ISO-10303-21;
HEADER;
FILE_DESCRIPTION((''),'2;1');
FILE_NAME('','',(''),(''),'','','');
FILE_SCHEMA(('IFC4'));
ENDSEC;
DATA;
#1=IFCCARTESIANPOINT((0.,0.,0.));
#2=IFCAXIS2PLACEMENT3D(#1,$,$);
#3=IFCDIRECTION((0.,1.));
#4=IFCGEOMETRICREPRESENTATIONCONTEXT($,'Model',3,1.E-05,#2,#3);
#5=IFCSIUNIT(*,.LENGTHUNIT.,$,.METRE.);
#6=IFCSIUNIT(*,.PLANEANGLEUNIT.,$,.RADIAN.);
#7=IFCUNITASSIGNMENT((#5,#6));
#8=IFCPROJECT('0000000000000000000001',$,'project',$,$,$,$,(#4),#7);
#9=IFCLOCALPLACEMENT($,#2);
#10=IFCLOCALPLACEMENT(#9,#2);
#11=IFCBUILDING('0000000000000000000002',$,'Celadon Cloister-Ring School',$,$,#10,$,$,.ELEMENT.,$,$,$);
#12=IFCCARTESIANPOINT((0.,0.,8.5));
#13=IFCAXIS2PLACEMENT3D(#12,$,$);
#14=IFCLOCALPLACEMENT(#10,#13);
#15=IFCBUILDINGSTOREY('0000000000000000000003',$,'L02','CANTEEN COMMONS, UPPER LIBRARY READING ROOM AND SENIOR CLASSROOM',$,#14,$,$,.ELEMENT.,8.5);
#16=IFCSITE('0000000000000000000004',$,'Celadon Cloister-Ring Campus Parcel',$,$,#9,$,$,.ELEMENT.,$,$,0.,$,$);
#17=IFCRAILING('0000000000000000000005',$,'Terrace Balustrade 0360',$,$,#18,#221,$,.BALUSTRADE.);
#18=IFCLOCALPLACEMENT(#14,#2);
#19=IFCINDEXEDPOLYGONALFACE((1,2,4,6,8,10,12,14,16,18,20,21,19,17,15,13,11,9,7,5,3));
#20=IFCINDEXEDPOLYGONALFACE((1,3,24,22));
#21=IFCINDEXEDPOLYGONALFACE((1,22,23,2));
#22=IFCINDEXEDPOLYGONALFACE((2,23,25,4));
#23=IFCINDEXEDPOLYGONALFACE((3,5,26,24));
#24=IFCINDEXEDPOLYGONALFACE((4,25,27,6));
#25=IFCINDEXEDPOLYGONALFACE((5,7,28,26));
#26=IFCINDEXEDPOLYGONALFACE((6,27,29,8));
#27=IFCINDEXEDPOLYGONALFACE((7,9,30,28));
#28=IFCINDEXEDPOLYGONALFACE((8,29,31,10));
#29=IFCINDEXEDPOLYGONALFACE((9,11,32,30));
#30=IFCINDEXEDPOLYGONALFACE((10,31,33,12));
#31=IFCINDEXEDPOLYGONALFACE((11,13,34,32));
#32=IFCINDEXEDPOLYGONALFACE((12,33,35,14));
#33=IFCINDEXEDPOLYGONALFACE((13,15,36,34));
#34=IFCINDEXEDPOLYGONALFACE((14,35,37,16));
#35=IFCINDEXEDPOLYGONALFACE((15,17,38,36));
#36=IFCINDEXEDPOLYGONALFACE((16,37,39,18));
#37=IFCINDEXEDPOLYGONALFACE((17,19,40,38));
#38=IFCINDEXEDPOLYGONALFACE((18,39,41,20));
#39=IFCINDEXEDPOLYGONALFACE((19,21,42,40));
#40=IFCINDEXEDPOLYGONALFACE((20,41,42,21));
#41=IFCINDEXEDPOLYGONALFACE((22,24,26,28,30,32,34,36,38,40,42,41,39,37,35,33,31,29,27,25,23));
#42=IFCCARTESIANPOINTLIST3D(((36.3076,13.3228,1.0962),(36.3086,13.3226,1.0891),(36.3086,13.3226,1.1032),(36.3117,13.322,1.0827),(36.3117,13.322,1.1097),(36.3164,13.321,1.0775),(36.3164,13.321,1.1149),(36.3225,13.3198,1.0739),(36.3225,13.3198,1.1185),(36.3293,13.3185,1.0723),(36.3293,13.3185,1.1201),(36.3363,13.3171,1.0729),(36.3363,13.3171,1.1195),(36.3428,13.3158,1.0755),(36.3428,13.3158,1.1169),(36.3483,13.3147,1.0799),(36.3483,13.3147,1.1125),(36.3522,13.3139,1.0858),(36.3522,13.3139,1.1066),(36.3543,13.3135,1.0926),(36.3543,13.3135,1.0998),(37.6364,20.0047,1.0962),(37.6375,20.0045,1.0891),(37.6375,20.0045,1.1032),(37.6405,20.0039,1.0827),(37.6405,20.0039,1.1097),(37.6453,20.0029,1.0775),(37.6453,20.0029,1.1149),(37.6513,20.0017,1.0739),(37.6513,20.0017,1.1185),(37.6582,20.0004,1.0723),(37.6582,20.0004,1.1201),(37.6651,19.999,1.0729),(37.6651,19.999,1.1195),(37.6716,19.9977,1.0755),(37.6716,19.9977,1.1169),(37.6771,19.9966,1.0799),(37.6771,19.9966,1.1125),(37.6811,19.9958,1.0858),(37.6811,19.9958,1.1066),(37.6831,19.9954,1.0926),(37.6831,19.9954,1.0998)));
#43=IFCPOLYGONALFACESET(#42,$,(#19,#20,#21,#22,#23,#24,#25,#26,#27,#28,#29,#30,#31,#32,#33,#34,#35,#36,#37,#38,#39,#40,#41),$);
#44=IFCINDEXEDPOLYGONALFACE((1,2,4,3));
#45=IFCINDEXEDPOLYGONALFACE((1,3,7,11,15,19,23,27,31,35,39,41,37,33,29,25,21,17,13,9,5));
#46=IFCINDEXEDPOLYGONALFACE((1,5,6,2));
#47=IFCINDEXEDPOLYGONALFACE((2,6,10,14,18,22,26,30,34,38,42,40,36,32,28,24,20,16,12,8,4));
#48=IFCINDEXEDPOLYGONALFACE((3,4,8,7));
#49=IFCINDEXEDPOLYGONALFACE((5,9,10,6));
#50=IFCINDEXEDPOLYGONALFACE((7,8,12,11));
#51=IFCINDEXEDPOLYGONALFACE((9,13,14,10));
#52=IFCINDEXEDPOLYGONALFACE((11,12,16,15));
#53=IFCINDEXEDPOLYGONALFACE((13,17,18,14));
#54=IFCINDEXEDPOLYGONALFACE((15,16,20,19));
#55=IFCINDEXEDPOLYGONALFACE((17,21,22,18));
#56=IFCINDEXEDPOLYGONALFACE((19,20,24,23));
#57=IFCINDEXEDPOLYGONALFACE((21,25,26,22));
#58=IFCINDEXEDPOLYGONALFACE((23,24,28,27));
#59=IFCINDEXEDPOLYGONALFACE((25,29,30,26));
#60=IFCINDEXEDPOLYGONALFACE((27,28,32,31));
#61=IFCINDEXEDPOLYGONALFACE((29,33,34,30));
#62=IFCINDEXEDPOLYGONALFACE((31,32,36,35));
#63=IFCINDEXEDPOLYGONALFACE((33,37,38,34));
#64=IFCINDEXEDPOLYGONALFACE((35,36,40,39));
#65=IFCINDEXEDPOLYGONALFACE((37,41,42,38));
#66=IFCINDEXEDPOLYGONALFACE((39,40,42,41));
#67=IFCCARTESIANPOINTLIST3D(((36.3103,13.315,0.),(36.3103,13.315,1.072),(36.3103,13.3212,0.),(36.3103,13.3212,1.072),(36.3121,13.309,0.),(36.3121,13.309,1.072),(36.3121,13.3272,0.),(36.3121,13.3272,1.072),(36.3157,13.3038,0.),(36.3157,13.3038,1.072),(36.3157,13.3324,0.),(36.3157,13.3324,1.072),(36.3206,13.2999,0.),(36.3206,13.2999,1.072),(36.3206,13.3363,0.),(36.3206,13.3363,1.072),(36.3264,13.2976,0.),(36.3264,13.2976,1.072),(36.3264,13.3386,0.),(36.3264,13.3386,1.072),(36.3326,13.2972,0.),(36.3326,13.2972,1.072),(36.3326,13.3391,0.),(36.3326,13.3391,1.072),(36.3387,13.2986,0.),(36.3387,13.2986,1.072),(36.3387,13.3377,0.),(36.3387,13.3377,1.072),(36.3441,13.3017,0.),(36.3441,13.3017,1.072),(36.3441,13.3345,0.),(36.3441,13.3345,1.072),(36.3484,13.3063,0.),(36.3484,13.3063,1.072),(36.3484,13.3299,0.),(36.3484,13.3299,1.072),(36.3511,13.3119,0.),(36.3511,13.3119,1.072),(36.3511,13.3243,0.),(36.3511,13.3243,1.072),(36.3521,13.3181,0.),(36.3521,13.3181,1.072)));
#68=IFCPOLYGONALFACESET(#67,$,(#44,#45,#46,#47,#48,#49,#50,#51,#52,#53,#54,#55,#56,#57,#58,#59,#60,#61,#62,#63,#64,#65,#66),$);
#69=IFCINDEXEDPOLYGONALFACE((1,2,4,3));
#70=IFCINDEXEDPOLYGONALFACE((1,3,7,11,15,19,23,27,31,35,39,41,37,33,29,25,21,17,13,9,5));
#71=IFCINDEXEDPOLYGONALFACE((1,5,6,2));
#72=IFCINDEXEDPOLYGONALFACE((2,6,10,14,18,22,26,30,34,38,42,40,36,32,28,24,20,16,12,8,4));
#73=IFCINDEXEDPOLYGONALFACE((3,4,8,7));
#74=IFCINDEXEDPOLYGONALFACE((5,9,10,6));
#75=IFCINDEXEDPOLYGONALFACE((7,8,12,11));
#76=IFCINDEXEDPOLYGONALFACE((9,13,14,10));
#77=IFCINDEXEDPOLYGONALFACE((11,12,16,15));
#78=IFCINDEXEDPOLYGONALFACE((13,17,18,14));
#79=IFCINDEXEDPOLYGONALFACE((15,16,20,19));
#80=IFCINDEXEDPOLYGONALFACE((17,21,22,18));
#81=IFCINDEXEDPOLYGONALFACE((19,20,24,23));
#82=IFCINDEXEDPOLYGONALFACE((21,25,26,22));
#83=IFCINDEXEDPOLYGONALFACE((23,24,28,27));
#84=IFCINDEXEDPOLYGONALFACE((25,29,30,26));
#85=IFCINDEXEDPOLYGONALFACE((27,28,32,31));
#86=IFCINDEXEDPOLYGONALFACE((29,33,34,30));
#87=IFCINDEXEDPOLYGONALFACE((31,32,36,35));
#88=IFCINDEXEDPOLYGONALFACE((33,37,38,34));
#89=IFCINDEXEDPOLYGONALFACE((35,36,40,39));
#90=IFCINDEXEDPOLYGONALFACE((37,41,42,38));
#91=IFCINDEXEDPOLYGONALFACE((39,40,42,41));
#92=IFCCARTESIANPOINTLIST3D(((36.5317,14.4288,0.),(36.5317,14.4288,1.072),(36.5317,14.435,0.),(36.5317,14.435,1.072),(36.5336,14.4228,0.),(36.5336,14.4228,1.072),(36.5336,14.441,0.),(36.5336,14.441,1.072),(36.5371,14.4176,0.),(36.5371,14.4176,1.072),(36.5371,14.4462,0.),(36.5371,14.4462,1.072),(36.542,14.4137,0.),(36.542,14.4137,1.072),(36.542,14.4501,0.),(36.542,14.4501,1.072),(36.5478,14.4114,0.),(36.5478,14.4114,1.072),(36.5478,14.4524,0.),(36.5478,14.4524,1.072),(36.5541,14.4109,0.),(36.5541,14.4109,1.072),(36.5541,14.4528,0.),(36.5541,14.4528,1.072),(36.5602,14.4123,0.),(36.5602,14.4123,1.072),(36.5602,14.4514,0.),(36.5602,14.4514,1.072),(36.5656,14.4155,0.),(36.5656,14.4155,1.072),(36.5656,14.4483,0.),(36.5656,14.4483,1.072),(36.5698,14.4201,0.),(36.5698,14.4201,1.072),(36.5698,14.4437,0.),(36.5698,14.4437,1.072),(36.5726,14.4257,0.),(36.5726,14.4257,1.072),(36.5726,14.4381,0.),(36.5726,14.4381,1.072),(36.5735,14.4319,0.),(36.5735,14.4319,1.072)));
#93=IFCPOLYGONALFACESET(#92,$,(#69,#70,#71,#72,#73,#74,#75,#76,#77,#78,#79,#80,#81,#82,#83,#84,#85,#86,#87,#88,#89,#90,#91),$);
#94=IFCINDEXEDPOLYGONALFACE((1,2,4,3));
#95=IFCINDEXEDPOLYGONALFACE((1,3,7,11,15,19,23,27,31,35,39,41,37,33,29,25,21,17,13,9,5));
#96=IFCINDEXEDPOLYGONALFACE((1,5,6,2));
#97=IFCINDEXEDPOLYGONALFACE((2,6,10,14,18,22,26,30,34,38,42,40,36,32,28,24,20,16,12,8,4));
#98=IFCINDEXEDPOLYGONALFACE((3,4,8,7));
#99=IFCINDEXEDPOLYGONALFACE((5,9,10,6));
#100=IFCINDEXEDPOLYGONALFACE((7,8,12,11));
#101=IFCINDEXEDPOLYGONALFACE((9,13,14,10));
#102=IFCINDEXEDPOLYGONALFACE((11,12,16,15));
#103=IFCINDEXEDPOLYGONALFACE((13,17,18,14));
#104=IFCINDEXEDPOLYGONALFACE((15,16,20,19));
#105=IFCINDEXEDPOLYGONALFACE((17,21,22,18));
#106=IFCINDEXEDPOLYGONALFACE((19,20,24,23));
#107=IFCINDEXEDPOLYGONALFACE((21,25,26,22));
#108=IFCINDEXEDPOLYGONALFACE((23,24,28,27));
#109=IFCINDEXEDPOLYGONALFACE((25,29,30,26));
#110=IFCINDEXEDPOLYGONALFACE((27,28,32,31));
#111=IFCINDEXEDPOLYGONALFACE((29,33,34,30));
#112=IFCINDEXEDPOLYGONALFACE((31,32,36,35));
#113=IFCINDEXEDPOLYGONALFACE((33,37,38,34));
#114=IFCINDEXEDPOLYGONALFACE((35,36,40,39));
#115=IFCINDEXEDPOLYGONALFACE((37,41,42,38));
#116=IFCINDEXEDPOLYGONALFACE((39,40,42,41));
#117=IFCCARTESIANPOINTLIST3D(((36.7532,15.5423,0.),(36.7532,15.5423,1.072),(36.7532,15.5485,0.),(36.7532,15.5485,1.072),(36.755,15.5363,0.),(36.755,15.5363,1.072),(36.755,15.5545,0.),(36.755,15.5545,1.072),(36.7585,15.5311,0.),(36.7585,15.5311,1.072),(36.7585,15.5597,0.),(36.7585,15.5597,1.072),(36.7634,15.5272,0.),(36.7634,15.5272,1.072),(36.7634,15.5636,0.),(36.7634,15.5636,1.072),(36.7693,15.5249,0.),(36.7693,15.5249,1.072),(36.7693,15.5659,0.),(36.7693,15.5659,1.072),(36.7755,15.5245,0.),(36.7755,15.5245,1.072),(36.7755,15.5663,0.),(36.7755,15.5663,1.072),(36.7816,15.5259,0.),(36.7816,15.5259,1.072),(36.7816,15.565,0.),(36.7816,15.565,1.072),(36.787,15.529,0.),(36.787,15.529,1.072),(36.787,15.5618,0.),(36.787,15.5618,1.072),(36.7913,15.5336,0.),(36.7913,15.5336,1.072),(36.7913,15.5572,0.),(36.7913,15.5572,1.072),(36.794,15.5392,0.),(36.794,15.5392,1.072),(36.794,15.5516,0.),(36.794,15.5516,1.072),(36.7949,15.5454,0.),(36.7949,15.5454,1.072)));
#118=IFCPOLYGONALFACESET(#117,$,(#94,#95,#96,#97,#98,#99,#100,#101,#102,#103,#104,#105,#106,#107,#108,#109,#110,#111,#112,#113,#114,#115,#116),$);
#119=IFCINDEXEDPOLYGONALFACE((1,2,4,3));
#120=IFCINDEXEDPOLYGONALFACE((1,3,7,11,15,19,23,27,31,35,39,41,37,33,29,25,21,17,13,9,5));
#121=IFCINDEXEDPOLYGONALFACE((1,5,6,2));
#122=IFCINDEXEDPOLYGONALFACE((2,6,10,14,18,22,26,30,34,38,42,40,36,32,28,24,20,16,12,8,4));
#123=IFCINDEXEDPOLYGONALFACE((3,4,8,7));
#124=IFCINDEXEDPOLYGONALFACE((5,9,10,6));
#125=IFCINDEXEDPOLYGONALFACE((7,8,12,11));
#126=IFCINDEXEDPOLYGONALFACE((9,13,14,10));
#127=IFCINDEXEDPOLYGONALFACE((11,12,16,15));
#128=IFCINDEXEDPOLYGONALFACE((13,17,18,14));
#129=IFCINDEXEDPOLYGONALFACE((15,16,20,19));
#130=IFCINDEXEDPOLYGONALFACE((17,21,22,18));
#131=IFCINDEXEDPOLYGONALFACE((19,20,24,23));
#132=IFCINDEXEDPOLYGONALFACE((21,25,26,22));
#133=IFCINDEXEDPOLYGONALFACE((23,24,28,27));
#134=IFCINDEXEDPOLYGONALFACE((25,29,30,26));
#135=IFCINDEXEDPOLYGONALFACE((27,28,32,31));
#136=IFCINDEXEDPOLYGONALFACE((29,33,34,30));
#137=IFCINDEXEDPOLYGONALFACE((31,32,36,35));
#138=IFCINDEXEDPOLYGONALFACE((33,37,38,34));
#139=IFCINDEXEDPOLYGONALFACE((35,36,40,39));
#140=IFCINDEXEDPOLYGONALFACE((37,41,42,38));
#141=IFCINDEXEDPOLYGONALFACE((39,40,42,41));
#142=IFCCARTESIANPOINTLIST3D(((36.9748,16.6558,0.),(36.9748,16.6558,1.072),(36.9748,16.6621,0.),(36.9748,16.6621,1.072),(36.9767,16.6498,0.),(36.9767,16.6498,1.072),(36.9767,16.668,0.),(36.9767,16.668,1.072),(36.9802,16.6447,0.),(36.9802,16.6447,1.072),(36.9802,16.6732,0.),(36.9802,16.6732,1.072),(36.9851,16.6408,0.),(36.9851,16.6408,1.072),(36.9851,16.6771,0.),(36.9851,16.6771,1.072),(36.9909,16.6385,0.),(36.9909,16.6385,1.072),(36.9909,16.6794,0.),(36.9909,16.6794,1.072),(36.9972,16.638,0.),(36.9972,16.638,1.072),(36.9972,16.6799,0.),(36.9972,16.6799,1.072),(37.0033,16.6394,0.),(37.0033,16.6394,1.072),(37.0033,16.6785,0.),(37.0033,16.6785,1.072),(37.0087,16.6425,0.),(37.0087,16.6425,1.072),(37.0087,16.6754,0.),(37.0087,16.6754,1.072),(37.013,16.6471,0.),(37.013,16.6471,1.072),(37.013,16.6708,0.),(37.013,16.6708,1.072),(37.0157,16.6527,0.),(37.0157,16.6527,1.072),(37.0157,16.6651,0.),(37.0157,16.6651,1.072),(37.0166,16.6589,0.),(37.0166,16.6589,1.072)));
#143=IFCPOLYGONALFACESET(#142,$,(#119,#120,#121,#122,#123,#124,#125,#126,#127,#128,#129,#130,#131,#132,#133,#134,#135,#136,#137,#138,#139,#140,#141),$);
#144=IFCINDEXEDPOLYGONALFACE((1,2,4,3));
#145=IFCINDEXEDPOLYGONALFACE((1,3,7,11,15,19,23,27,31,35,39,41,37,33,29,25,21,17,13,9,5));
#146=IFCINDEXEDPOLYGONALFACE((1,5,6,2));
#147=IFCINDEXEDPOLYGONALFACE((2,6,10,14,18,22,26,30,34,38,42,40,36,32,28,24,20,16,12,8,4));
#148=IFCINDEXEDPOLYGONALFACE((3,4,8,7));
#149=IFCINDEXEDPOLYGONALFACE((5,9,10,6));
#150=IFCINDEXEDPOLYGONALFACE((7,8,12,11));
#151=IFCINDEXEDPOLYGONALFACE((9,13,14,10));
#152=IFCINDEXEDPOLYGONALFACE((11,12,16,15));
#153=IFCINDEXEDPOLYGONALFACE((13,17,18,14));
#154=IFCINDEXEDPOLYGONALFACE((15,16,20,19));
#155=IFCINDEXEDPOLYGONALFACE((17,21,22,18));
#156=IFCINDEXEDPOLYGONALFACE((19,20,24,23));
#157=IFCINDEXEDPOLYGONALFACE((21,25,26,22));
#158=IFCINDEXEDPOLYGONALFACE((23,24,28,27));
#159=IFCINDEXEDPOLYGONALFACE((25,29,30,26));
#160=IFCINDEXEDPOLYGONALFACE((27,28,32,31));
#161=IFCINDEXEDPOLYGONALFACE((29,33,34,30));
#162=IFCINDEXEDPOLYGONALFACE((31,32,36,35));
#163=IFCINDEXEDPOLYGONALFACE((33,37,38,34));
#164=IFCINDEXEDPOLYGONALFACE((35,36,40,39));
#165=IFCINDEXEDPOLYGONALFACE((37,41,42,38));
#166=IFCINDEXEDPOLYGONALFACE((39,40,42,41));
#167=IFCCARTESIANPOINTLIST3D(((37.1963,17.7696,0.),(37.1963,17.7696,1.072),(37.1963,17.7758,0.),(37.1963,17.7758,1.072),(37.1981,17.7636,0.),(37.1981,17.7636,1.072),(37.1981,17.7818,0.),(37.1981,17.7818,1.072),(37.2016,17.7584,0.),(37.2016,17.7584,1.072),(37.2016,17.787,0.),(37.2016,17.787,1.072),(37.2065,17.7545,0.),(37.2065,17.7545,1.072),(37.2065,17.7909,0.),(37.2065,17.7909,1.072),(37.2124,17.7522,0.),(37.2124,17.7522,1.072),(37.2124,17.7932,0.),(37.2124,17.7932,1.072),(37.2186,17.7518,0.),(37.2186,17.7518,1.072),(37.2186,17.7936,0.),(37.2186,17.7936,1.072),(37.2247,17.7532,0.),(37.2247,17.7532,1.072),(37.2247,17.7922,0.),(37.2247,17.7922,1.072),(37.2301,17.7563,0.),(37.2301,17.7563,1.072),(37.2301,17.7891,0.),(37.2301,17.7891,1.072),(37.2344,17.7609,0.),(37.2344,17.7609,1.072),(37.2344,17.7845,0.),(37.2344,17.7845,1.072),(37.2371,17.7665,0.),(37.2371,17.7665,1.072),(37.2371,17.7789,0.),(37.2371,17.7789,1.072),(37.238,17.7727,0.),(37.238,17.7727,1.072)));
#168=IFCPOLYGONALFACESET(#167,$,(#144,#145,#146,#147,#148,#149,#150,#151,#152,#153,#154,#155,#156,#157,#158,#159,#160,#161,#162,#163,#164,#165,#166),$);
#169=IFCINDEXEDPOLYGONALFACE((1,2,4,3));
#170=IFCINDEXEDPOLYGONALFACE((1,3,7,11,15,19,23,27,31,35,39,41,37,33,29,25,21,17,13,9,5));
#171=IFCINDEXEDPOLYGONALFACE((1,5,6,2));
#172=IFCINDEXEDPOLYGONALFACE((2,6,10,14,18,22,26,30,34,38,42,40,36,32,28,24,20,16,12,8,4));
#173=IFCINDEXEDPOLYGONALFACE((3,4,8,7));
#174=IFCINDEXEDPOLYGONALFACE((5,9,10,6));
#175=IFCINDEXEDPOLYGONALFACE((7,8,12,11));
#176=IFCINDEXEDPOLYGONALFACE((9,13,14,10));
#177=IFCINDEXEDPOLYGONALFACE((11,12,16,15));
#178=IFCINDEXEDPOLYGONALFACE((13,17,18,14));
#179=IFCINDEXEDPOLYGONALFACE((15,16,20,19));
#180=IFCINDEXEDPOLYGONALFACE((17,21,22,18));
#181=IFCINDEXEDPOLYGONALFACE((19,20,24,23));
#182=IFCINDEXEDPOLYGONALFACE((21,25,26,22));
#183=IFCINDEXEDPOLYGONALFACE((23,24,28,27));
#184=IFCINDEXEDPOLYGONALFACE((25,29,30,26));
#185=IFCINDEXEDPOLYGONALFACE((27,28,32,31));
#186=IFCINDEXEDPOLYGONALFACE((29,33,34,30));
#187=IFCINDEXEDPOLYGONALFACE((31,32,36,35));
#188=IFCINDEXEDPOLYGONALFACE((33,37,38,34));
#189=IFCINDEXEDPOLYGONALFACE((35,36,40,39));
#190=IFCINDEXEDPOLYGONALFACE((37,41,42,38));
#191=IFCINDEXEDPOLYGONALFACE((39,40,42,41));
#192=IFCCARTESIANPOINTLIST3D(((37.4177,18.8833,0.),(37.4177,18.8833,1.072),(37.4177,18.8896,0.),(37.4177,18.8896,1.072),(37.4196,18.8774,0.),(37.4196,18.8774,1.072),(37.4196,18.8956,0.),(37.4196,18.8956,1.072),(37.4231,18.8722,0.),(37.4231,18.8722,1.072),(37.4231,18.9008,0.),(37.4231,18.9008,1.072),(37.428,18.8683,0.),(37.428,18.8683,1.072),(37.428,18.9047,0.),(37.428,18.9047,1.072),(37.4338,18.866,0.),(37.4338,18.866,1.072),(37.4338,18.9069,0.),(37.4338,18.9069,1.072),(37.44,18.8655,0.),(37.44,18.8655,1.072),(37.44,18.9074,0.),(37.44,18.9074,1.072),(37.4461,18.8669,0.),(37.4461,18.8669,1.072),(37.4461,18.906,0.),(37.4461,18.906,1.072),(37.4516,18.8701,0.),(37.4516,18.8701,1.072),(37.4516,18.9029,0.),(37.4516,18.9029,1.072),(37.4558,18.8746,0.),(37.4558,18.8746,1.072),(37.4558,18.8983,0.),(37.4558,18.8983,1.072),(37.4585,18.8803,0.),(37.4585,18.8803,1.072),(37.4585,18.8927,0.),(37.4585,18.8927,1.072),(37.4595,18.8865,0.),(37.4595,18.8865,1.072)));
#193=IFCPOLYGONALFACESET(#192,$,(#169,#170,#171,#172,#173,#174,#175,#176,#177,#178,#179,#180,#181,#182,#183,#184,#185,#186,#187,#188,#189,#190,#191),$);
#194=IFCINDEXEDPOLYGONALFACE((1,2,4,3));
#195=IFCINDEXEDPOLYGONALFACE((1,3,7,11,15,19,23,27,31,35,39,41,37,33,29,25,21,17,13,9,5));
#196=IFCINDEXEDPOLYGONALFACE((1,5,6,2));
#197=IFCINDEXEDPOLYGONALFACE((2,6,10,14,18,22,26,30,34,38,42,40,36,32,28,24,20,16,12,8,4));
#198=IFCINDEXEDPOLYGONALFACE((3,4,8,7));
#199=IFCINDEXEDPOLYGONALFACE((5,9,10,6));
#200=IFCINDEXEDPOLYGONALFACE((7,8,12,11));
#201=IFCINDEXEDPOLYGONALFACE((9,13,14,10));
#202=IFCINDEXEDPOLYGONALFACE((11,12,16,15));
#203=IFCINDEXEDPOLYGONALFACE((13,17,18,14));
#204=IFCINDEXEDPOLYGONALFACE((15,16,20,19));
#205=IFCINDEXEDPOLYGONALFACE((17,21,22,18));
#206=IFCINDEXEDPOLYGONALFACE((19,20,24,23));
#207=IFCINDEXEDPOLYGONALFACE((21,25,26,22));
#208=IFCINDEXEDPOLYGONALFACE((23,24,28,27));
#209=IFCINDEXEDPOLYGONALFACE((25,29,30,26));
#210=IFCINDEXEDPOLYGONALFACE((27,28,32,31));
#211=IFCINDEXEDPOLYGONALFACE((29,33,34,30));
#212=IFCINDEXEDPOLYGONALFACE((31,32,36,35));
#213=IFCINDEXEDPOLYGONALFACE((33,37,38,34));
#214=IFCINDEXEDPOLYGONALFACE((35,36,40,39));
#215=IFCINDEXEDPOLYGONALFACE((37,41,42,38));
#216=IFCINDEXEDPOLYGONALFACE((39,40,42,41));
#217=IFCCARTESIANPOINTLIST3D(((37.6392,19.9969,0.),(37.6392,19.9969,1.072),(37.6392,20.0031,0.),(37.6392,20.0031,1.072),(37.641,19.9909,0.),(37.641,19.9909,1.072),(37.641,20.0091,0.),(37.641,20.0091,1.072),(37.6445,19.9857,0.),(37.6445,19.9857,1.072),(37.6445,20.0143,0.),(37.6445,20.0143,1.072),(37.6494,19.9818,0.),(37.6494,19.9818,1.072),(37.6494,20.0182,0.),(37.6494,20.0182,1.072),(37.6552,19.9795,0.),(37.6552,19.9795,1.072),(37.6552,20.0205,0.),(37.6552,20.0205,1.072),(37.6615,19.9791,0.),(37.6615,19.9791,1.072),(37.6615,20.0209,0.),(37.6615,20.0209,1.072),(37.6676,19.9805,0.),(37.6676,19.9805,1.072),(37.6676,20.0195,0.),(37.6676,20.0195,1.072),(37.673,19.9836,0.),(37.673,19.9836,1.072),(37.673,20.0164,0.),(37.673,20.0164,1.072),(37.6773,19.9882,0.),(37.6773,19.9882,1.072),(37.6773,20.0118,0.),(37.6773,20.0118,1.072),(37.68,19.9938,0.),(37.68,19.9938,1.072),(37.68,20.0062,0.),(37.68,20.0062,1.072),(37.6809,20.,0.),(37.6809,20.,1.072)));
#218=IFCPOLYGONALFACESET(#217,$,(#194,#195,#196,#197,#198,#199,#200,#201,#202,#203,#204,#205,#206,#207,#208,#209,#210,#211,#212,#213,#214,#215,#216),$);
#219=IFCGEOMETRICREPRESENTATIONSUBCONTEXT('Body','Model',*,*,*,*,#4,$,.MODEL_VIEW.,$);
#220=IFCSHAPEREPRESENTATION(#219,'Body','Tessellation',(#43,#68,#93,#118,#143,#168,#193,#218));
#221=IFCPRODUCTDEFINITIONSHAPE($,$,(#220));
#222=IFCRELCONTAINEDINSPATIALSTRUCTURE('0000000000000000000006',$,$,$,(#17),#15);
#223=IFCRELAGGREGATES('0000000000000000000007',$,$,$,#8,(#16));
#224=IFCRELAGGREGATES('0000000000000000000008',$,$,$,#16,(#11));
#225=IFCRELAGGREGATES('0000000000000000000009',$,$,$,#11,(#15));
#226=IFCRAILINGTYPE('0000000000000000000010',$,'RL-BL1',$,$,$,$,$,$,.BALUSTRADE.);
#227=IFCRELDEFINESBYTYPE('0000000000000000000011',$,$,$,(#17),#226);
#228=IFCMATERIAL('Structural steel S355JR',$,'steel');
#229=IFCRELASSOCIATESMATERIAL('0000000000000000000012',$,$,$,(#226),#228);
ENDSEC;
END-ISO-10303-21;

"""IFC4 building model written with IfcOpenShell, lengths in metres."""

from ifc_helpers import new_model, si_unit, direction, frame, origin, origin_2d, place, context, subcontext, project, spatial, circle, extrude, material, type_object, element, save


model = new_model("IFC4")

# Units and contexts
model_context = context("Model", 3, precision=1e-05, world=origin(), true_north=direction((0.0, 1.0)))
body_context = subcontext(model_context, "Body", "Model", "MODEL_VIEW")
ifc_project = project(units=[si_unit("LENGTHUNIT", "METRE"), si_unit("PLANEANGLEUNIT", "RADIAN")], contexts=[model_context])

# Site, building, storey
site_placement = place(None, origin())
site = spatial("IfcSite", under=ifc_project, at=site_placement, Name="Celadon Cloister-Ring Campus Parcel", CompositionType="ELEMENT", RefElevation=0.0)
building_placement = place(site_placement, origin())
building = spatial("IfcBuilding", under=site, at=building_placement, Name="Celadon Cloister-Ring School", CompositionType="ELEMENT")
storey_placement = place(building_placement, frame((0.0, 0.0, 8.5)))
storey = spatial("IfcBuildingStorey", under=building, at=storey_placement, Name="L02", Description="CANTEEN COMMONS, UPPER LIBRARY READING ROOM AND SENIOR CLASSROOM", CompositionType="ELEMENT", Elevation=8.5)

# Railing
ifc_material_1 = material(Name="Structural steel S355JR", Category="steel")
railing_type = type_object("IfcRailingType", Name="RL-BL1", PredefinedType="BALUSTRADE", material=ifc_material_1)
railing_1_placement = place(storey_placement, frame((36.3311, 13.3181, 0.0)))
element("IfcRailing", 1, at=railing_1_placement, inside=storey, type_object=railing_type, Name="Terrace Balustrade 0360", PredefinedType="BALUSTRADE", context=body_context, shape_type="SweptSolid", body=[
    extrude(circle(Radius=0.0239, at=origin_2d()), frame((0.0, 0.0, 1.0962), z_axis=(0.195055, 0.980792, 0.0), x_axis=(-0.980792, 0.195055, 0.0)), (0.0, 0.0, 1.0), 6.8127),
    extrude(circle(Radius=0.021, at=origin_2d()), origin(), (0.0, 0.0, 1.0), 1.072),
    extrude(circle(Radius=0.021, at=origin_2d()), frame((0.2214, 1.1138, 0.0)), (0.0, 0.0, 1.0), 1.072),
    extrude(circle(Radius=0.021, at=origin_2d()), frame((0.4429, 2.2273, 0.0)), (0.0, 0.0, 1.0), 1.072),
    extrude(circle(Radius=0.021, at=origin_2d()), frame((0.6646, 3.3408, 0.0)), (0.0, 0.0, 1.0), 1.072),
    extrude(circle(Radius=0.021, at=origin_2d()), frame((0.886, 4.4546, 0.0)), (0.0, 0.0, 1.0), 1.072),
    extrude(circle(Radius=0.021, at=origin_2d()), frame((1.1074, 5.5684, 0.0)), (0.0, 0.0, 1.0), 1.072),
    extrude(circle(Radius=0.021, at=origin_2d()), frame((1.3289, 6.6819, 0.0)), (0.0, 0.0, 1.0), 1.072),
])

save(model, "model.ifc")
